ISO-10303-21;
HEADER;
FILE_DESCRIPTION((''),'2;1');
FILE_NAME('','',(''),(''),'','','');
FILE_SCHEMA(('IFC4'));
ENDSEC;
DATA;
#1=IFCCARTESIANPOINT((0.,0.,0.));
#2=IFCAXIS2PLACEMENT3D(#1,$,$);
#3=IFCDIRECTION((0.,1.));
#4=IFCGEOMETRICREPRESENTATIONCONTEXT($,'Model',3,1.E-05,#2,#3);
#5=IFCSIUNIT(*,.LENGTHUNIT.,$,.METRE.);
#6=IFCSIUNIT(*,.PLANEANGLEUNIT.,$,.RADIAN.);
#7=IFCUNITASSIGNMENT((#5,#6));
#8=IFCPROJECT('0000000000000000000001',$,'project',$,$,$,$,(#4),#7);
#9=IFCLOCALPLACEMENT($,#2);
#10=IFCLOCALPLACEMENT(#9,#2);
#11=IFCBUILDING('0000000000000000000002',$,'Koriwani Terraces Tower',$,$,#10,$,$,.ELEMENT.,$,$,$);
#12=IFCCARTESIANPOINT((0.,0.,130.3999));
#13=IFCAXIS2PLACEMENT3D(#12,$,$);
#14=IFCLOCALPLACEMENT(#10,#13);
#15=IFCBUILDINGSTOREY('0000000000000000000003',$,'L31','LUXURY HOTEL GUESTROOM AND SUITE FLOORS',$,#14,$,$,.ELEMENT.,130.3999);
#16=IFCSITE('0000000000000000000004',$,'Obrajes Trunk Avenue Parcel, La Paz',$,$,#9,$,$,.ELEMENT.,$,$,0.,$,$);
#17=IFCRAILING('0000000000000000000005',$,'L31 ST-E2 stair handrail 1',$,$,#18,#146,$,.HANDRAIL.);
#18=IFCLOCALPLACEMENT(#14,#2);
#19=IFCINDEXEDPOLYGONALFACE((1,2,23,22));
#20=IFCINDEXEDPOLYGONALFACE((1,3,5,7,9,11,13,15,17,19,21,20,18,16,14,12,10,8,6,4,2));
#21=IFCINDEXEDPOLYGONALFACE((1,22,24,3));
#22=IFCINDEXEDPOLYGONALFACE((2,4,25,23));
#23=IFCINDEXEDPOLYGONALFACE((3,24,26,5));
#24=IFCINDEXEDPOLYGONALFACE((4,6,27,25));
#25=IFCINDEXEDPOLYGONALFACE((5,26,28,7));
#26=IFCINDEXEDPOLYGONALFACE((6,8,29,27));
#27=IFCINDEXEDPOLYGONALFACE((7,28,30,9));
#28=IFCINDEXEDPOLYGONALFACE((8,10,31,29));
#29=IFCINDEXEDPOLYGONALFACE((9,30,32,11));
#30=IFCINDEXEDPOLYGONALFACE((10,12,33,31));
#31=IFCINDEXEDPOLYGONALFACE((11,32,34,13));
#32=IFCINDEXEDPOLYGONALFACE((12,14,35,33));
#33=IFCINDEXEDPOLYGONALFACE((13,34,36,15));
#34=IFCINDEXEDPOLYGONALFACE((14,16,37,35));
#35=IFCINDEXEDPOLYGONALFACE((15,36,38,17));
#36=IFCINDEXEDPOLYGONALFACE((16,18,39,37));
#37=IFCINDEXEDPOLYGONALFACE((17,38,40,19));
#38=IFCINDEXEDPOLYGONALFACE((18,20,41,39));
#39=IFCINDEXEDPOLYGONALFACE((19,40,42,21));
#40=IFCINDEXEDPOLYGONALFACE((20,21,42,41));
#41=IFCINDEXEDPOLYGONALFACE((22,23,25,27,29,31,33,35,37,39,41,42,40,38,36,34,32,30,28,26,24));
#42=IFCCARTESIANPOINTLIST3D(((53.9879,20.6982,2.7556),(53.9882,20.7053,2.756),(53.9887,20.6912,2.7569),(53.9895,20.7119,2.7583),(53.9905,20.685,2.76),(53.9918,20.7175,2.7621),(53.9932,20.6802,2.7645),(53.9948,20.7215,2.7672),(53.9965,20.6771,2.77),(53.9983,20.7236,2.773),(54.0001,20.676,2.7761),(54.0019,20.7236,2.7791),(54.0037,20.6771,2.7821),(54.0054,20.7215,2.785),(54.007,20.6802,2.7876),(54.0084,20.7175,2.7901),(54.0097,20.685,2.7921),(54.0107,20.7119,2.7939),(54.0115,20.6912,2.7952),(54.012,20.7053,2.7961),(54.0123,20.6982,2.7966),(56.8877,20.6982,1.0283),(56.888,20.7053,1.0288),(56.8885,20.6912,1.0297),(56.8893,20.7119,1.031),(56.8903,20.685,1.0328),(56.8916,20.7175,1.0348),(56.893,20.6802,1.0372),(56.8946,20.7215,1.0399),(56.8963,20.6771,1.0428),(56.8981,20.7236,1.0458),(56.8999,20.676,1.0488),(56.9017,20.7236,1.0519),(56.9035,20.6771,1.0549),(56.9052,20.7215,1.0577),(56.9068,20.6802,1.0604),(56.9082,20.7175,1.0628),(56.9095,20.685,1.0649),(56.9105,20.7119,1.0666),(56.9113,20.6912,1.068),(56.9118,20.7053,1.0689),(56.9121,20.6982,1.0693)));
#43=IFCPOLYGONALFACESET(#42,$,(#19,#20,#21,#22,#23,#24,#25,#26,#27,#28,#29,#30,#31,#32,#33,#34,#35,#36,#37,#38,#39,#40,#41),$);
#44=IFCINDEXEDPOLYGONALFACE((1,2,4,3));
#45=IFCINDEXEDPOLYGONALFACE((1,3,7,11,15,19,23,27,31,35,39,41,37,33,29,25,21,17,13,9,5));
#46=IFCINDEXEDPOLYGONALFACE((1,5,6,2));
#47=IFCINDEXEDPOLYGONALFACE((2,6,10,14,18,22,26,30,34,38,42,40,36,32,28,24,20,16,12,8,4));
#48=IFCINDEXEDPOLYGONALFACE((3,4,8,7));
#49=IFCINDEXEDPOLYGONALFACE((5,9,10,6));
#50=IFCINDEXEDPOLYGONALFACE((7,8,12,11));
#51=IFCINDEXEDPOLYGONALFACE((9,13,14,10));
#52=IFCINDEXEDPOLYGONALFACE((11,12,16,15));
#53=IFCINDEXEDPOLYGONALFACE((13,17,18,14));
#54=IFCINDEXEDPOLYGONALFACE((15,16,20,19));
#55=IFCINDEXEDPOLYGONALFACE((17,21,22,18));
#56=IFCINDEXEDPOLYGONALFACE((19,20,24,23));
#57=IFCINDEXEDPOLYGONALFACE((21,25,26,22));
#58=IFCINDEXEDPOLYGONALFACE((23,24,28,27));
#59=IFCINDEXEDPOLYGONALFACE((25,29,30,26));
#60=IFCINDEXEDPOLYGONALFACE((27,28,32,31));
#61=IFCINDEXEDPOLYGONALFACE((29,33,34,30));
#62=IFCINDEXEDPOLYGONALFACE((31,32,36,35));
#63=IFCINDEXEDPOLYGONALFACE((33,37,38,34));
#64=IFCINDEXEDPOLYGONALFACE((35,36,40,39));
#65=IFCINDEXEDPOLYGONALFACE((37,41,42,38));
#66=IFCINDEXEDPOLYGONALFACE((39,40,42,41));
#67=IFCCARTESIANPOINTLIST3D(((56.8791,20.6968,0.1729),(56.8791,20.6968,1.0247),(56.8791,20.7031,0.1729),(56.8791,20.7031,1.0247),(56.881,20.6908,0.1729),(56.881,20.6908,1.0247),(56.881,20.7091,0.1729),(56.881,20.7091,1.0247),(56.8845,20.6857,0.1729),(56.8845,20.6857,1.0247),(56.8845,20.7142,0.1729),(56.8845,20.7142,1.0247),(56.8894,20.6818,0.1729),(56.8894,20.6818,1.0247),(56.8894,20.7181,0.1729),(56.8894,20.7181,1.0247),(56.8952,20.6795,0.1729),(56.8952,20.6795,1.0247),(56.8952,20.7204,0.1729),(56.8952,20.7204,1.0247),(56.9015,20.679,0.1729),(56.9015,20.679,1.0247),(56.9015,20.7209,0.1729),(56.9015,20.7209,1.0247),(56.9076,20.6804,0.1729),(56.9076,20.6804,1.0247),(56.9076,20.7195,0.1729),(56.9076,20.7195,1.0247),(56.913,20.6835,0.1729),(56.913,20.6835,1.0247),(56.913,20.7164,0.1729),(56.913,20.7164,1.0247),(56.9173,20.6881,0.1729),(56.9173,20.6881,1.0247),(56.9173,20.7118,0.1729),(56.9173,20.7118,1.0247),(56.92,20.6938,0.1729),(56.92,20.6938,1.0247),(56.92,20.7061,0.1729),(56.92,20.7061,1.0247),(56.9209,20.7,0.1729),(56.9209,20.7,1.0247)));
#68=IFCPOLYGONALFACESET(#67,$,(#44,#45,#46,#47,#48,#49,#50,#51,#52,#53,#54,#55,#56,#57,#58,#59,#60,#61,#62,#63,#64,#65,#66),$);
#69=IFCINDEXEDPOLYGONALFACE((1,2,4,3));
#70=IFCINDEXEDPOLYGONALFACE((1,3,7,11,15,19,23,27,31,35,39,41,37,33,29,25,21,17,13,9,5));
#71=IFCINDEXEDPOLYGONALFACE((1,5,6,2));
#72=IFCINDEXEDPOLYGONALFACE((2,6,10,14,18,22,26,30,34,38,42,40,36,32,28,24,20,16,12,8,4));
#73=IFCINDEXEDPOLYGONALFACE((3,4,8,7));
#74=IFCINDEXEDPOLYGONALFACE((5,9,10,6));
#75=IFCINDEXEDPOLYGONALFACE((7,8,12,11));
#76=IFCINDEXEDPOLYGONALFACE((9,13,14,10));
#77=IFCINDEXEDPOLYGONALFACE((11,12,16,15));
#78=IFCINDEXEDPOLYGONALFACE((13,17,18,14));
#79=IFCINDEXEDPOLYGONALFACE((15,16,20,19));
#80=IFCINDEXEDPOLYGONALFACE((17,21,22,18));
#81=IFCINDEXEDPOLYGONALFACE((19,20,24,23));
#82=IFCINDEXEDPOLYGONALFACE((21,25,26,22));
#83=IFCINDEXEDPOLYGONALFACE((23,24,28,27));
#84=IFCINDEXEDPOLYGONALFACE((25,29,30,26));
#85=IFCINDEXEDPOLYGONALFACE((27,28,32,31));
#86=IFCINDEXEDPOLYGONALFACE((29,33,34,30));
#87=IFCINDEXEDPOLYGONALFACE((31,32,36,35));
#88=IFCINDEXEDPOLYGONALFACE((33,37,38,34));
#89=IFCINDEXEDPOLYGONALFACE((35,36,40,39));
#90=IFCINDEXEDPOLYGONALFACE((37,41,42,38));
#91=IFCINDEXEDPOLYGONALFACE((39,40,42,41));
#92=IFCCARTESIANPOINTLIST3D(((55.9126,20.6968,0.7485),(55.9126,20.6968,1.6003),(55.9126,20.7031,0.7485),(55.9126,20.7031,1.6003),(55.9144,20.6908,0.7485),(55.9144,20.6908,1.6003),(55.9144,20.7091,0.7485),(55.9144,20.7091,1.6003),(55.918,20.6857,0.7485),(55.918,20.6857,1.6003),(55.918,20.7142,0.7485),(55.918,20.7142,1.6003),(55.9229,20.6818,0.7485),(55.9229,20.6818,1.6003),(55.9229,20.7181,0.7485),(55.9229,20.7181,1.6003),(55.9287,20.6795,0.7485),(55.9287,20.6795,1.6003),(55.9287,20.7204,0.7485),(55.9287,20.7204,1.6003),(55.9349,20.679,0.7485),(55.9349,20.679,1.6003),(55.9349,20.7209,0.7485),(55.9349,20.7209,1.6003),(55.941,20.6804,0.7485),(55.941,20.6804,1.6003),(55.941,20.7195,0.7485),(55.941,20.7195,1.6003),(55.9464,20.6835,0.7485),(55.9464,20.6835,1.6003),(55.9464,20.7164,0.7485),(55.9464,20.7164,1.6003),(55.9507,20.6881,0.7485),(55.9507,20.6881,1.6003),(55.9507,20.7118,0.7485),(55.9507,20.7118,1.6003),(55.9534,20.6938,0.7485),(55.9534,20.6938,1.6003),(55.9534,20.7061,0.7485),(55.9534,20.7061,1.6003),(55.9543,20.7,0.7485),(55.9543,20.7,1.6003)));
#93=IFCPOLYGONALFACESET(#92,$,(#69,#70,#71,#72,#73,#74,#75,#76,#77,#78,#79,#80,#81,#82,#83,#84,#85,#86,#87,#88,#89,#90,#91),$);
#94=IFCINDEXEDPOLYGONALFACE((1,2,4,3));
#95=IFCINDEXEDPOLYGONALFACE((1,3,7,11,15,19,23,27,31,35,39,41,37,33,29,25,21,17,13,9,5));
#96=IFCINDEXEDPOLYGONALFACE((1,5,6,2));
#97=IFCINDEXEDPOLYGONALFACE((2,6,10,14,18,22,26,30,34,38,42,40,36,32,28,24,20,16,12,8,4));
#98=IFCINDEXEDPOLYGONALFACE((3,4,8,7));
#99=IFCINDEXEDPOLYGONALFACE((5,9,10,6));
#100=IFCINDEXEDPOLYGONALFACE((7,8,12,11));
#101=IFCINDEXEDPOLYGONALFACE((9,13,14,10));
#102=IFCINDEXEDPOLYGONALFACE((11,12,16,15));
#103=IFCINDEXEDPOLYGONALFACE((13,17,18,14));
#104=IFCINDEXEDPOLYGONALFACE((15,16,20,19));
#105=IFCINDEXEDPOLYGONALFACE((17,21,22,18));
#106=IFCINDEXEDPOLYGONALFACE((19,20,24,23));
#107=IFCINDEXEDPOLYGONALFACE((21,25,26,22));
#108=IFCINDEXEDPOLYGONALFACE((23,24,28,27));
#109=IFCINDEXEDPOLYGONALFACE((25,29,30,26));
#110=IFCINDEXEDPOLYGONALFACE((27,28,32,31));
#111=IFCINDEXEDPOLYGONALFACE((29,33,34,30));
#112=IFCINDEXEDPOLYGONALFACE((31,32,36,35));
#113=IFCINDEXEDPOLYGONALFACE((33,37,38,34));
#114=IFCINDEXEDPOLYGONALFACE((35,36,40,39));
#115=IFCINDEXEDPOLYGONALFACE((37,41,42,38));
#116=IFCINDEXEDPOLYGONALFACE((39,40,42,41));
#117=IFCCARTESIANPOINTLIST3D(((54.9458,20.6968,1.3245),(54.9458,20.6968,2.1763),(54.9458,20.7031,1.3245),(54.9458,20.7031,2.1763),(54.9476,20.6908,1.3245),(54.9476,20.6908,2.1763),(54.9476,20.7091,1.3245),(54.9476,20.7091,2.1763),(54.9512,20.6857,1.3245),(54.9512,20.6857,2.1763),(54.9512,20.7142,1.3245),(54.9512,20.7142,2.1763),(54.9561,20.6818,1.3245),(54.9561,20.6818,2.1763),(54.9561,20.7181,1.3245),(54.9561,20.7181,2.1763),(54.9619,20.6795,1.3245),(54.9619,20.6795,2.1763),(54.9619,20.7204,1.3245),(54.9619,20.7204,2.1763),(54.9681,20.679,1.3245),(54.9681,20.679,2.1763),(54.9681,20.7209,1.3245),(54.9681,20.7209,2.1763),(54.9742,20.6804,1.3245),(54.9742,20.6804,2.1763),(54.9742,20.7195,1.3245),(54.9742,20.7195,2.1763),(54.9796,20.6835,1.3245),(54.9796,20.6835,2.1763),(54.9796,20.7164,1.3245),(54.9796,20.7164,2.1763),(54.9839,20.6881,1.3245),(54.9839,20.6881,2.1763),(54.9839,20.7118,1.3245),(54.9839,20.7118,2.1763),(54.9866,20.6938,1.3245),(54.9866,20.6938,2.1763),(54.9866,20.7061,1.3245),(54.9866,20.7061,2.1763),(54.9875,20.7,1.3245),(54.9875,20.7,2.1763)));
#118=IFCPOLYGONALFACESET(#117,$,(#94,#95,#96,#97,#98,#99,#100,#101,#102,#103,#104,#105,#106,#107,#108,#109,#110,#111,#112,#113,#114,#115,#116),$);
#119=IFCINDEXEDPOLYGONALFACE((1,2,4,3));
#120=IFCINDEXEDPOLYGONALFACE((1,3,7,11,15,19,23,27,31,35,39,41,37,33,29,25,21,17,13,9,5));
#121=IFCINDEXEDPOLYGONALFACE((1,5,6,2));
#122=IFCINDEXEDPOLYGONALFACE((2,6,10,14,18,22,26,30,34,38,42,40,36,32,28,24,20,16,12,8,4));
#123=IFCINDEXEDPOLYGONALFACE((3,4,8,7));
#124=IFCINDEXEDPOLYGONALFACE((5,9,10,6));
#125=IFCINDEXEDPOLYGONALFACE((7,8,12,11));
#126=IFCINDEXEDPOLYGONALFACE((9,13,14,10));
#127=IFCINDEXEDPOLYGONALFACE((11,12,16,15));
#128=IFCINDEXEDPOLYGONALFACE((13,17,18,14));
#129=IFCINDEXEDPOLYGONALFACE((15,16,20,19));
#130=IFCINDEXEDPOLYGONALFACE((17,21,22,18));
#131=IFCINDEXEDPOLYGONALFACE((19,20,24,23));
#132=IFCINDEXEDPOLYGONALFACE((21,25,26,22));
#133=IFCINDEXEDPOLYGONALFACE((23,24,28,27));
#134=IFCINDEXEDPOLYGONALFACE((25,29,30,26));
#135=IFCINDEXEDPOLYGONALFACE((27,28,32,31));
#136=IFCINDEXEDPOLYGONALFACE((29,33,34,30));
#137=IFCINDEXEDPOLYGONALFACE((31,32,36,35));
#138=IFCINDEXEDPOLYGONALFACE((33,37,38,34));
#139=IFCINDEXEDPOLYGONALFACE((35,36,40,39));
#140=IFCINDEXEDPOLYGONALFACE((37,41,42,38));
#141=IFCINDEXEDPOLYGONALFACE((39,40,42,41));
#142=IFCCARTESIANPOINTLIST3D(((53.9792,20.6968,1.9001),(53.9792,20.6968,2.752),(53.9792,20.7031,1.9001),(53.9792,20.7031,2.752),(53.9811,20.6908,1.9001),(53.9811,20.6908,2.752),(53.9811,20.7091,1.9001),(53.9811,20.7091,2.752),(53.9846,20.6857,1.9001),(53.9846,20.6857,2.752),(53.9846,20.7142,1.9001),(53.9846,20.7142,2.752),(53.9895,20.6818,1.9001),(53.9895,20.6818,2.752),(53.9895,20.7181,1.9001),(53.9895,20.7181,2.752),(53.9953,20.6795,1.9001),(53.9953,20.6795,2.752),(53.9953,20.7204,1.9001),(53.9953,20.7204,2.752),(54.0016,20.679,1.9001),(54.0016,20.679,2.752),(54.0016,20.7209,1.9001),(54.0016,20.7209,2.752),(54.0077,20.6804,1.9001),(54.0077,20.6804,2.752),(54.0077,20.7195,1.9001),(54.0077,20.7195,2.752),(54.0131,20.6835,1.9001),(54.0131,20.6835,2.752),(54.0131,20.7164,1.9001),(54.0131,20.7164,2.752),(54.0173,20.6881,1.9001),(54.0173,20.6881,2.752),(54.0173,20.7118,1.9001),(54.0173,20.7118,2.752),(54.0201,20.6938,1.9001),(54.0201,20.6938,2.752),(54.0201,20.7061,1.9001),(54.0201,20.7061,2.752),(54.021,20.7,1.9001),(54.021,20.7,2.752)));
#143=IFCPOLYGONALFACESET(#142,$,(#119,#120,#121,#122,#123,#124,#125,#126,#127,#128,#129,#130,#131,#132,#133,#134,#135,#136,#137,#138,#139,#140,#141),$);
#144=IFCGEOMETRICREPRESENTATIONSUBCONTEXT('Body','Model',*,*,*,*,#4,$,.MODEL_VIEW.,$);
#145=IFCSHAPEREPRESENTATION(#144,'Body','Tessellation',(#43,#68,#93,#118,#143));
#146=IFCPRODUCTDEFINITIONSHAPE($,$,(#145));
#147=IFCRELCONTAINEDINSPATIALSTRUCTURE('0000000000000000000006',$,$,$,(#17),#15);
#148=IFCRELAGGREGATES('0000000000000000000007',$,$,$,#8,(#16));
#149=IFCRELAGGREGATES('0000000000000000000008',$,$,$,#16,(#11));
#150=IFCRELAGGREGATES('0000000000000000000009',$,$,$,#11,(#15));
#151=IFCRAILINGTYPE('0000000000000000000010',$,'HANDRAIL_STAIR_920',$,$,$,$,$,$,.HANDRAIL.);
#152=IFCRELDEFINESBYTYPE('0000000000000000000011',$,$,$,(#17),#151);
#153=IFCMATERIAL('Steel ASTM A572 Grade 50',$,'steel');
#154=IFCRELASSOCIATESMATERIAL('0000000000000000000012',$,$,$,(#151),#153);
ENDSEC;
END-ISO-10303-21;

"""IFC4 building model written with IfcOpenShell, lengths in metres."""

from ifc_helpers import new_model, si_unit, direction, frame, origin, origin_2d, place, context, subcontext, project, spatial, circle, extrude, material, type_object, element, save


model = new_model("IFC4")

# Units and contexts
model_context = context("Model", 3, precision=1e-05, world=origin(), true_north=direction((0.0, 1.0)))
body_context = subcontext(model_context, "Body", "Model", "MODEL_VIEW")
ifc_project = project(units=[si_unit("LENGTHUNIT", "METRE"), si_unit("PLANEANGLEUNIT", "RADIAN")], contexts=[model_context])

# Site, building, storey
site_placement = place(None, origin())
site = spatial("IfcSite", under=ifc_project, at=site_placement, Name="Obrajes Trunk Avenue Parcel, La Paz", CompositionType="ELEMENT", RefElevation=0.0)
building_placement = place(site_placement, origin())
building = spatial("IfcBuilding", under=site, at=building_placement, Name="Koriwani Terraces Tower", CompositionType="ELEMENT")
storey_placement = place(building_placement, frame((0.0, 0.0, 130.3999)))
storey = spatial("IfcBuildingStorey", under=building, at=storey_placement, Name="L31", Description="LUXURY HOTEL GUESTROOM AND SUITE FLOORS", CompositionType="ELEMENT", Elevation=130.3999)

# Shared definitions
ifc_material_1 = material(Name="Steel ASTM A572 Grade 50", Category="steel")

# Railing
railing_type_1 = type_object("IfcRailingType", Name="HANDRAIL_STAIR_920", PredefinedType="HANDRAIL", material=ifc_material_1)
railing_1_placement = place(storey_placement, frame((56.8999, 20.7, 0.1729)))
element("IfcRailing", 1, at=railing_1_placement, inside=storey, type_object=railing_type_1, Name="L31 ST-E2 stair handrail 1", PredefinedType="HANDRAIL", context=body_context, shape_type="SweptSolid", body=[
    extrude(circle(Radius=0.0239, at=origin_2d()), frame((0.0, 0.0, 0.876), z_axis=(-0.859141, 0.0, 0.511738), x_axis=(0.0, -1.0, 0.0)), (0.0, 0.0, 1.0), 3.3752),
    extrude(circle(Radius=0.021, at=origin_2d()), origin(), (0.0, 0.0, 1.0), 0.8518),
    extrude(circle(Radius=0.021, at=origin_2d()), frame((-0.9666, 0.0, 0.5757)), (0.0, 0.0, 1.0), 0.8518),
    extrude(circle(Radius=0.021, at=origin_2d()), frame((-1.9333, 0.0, 1.1516)), (0.0, 0.0, 1.0), 0.8518),
    extrude(circle(Radius=0.021, at=origin_2d()), frame((-2.8999, 0.0, 1.7273)), (0.0, 0.0, 1.0), 0.8518),
])

save(model, "model.ifc")
